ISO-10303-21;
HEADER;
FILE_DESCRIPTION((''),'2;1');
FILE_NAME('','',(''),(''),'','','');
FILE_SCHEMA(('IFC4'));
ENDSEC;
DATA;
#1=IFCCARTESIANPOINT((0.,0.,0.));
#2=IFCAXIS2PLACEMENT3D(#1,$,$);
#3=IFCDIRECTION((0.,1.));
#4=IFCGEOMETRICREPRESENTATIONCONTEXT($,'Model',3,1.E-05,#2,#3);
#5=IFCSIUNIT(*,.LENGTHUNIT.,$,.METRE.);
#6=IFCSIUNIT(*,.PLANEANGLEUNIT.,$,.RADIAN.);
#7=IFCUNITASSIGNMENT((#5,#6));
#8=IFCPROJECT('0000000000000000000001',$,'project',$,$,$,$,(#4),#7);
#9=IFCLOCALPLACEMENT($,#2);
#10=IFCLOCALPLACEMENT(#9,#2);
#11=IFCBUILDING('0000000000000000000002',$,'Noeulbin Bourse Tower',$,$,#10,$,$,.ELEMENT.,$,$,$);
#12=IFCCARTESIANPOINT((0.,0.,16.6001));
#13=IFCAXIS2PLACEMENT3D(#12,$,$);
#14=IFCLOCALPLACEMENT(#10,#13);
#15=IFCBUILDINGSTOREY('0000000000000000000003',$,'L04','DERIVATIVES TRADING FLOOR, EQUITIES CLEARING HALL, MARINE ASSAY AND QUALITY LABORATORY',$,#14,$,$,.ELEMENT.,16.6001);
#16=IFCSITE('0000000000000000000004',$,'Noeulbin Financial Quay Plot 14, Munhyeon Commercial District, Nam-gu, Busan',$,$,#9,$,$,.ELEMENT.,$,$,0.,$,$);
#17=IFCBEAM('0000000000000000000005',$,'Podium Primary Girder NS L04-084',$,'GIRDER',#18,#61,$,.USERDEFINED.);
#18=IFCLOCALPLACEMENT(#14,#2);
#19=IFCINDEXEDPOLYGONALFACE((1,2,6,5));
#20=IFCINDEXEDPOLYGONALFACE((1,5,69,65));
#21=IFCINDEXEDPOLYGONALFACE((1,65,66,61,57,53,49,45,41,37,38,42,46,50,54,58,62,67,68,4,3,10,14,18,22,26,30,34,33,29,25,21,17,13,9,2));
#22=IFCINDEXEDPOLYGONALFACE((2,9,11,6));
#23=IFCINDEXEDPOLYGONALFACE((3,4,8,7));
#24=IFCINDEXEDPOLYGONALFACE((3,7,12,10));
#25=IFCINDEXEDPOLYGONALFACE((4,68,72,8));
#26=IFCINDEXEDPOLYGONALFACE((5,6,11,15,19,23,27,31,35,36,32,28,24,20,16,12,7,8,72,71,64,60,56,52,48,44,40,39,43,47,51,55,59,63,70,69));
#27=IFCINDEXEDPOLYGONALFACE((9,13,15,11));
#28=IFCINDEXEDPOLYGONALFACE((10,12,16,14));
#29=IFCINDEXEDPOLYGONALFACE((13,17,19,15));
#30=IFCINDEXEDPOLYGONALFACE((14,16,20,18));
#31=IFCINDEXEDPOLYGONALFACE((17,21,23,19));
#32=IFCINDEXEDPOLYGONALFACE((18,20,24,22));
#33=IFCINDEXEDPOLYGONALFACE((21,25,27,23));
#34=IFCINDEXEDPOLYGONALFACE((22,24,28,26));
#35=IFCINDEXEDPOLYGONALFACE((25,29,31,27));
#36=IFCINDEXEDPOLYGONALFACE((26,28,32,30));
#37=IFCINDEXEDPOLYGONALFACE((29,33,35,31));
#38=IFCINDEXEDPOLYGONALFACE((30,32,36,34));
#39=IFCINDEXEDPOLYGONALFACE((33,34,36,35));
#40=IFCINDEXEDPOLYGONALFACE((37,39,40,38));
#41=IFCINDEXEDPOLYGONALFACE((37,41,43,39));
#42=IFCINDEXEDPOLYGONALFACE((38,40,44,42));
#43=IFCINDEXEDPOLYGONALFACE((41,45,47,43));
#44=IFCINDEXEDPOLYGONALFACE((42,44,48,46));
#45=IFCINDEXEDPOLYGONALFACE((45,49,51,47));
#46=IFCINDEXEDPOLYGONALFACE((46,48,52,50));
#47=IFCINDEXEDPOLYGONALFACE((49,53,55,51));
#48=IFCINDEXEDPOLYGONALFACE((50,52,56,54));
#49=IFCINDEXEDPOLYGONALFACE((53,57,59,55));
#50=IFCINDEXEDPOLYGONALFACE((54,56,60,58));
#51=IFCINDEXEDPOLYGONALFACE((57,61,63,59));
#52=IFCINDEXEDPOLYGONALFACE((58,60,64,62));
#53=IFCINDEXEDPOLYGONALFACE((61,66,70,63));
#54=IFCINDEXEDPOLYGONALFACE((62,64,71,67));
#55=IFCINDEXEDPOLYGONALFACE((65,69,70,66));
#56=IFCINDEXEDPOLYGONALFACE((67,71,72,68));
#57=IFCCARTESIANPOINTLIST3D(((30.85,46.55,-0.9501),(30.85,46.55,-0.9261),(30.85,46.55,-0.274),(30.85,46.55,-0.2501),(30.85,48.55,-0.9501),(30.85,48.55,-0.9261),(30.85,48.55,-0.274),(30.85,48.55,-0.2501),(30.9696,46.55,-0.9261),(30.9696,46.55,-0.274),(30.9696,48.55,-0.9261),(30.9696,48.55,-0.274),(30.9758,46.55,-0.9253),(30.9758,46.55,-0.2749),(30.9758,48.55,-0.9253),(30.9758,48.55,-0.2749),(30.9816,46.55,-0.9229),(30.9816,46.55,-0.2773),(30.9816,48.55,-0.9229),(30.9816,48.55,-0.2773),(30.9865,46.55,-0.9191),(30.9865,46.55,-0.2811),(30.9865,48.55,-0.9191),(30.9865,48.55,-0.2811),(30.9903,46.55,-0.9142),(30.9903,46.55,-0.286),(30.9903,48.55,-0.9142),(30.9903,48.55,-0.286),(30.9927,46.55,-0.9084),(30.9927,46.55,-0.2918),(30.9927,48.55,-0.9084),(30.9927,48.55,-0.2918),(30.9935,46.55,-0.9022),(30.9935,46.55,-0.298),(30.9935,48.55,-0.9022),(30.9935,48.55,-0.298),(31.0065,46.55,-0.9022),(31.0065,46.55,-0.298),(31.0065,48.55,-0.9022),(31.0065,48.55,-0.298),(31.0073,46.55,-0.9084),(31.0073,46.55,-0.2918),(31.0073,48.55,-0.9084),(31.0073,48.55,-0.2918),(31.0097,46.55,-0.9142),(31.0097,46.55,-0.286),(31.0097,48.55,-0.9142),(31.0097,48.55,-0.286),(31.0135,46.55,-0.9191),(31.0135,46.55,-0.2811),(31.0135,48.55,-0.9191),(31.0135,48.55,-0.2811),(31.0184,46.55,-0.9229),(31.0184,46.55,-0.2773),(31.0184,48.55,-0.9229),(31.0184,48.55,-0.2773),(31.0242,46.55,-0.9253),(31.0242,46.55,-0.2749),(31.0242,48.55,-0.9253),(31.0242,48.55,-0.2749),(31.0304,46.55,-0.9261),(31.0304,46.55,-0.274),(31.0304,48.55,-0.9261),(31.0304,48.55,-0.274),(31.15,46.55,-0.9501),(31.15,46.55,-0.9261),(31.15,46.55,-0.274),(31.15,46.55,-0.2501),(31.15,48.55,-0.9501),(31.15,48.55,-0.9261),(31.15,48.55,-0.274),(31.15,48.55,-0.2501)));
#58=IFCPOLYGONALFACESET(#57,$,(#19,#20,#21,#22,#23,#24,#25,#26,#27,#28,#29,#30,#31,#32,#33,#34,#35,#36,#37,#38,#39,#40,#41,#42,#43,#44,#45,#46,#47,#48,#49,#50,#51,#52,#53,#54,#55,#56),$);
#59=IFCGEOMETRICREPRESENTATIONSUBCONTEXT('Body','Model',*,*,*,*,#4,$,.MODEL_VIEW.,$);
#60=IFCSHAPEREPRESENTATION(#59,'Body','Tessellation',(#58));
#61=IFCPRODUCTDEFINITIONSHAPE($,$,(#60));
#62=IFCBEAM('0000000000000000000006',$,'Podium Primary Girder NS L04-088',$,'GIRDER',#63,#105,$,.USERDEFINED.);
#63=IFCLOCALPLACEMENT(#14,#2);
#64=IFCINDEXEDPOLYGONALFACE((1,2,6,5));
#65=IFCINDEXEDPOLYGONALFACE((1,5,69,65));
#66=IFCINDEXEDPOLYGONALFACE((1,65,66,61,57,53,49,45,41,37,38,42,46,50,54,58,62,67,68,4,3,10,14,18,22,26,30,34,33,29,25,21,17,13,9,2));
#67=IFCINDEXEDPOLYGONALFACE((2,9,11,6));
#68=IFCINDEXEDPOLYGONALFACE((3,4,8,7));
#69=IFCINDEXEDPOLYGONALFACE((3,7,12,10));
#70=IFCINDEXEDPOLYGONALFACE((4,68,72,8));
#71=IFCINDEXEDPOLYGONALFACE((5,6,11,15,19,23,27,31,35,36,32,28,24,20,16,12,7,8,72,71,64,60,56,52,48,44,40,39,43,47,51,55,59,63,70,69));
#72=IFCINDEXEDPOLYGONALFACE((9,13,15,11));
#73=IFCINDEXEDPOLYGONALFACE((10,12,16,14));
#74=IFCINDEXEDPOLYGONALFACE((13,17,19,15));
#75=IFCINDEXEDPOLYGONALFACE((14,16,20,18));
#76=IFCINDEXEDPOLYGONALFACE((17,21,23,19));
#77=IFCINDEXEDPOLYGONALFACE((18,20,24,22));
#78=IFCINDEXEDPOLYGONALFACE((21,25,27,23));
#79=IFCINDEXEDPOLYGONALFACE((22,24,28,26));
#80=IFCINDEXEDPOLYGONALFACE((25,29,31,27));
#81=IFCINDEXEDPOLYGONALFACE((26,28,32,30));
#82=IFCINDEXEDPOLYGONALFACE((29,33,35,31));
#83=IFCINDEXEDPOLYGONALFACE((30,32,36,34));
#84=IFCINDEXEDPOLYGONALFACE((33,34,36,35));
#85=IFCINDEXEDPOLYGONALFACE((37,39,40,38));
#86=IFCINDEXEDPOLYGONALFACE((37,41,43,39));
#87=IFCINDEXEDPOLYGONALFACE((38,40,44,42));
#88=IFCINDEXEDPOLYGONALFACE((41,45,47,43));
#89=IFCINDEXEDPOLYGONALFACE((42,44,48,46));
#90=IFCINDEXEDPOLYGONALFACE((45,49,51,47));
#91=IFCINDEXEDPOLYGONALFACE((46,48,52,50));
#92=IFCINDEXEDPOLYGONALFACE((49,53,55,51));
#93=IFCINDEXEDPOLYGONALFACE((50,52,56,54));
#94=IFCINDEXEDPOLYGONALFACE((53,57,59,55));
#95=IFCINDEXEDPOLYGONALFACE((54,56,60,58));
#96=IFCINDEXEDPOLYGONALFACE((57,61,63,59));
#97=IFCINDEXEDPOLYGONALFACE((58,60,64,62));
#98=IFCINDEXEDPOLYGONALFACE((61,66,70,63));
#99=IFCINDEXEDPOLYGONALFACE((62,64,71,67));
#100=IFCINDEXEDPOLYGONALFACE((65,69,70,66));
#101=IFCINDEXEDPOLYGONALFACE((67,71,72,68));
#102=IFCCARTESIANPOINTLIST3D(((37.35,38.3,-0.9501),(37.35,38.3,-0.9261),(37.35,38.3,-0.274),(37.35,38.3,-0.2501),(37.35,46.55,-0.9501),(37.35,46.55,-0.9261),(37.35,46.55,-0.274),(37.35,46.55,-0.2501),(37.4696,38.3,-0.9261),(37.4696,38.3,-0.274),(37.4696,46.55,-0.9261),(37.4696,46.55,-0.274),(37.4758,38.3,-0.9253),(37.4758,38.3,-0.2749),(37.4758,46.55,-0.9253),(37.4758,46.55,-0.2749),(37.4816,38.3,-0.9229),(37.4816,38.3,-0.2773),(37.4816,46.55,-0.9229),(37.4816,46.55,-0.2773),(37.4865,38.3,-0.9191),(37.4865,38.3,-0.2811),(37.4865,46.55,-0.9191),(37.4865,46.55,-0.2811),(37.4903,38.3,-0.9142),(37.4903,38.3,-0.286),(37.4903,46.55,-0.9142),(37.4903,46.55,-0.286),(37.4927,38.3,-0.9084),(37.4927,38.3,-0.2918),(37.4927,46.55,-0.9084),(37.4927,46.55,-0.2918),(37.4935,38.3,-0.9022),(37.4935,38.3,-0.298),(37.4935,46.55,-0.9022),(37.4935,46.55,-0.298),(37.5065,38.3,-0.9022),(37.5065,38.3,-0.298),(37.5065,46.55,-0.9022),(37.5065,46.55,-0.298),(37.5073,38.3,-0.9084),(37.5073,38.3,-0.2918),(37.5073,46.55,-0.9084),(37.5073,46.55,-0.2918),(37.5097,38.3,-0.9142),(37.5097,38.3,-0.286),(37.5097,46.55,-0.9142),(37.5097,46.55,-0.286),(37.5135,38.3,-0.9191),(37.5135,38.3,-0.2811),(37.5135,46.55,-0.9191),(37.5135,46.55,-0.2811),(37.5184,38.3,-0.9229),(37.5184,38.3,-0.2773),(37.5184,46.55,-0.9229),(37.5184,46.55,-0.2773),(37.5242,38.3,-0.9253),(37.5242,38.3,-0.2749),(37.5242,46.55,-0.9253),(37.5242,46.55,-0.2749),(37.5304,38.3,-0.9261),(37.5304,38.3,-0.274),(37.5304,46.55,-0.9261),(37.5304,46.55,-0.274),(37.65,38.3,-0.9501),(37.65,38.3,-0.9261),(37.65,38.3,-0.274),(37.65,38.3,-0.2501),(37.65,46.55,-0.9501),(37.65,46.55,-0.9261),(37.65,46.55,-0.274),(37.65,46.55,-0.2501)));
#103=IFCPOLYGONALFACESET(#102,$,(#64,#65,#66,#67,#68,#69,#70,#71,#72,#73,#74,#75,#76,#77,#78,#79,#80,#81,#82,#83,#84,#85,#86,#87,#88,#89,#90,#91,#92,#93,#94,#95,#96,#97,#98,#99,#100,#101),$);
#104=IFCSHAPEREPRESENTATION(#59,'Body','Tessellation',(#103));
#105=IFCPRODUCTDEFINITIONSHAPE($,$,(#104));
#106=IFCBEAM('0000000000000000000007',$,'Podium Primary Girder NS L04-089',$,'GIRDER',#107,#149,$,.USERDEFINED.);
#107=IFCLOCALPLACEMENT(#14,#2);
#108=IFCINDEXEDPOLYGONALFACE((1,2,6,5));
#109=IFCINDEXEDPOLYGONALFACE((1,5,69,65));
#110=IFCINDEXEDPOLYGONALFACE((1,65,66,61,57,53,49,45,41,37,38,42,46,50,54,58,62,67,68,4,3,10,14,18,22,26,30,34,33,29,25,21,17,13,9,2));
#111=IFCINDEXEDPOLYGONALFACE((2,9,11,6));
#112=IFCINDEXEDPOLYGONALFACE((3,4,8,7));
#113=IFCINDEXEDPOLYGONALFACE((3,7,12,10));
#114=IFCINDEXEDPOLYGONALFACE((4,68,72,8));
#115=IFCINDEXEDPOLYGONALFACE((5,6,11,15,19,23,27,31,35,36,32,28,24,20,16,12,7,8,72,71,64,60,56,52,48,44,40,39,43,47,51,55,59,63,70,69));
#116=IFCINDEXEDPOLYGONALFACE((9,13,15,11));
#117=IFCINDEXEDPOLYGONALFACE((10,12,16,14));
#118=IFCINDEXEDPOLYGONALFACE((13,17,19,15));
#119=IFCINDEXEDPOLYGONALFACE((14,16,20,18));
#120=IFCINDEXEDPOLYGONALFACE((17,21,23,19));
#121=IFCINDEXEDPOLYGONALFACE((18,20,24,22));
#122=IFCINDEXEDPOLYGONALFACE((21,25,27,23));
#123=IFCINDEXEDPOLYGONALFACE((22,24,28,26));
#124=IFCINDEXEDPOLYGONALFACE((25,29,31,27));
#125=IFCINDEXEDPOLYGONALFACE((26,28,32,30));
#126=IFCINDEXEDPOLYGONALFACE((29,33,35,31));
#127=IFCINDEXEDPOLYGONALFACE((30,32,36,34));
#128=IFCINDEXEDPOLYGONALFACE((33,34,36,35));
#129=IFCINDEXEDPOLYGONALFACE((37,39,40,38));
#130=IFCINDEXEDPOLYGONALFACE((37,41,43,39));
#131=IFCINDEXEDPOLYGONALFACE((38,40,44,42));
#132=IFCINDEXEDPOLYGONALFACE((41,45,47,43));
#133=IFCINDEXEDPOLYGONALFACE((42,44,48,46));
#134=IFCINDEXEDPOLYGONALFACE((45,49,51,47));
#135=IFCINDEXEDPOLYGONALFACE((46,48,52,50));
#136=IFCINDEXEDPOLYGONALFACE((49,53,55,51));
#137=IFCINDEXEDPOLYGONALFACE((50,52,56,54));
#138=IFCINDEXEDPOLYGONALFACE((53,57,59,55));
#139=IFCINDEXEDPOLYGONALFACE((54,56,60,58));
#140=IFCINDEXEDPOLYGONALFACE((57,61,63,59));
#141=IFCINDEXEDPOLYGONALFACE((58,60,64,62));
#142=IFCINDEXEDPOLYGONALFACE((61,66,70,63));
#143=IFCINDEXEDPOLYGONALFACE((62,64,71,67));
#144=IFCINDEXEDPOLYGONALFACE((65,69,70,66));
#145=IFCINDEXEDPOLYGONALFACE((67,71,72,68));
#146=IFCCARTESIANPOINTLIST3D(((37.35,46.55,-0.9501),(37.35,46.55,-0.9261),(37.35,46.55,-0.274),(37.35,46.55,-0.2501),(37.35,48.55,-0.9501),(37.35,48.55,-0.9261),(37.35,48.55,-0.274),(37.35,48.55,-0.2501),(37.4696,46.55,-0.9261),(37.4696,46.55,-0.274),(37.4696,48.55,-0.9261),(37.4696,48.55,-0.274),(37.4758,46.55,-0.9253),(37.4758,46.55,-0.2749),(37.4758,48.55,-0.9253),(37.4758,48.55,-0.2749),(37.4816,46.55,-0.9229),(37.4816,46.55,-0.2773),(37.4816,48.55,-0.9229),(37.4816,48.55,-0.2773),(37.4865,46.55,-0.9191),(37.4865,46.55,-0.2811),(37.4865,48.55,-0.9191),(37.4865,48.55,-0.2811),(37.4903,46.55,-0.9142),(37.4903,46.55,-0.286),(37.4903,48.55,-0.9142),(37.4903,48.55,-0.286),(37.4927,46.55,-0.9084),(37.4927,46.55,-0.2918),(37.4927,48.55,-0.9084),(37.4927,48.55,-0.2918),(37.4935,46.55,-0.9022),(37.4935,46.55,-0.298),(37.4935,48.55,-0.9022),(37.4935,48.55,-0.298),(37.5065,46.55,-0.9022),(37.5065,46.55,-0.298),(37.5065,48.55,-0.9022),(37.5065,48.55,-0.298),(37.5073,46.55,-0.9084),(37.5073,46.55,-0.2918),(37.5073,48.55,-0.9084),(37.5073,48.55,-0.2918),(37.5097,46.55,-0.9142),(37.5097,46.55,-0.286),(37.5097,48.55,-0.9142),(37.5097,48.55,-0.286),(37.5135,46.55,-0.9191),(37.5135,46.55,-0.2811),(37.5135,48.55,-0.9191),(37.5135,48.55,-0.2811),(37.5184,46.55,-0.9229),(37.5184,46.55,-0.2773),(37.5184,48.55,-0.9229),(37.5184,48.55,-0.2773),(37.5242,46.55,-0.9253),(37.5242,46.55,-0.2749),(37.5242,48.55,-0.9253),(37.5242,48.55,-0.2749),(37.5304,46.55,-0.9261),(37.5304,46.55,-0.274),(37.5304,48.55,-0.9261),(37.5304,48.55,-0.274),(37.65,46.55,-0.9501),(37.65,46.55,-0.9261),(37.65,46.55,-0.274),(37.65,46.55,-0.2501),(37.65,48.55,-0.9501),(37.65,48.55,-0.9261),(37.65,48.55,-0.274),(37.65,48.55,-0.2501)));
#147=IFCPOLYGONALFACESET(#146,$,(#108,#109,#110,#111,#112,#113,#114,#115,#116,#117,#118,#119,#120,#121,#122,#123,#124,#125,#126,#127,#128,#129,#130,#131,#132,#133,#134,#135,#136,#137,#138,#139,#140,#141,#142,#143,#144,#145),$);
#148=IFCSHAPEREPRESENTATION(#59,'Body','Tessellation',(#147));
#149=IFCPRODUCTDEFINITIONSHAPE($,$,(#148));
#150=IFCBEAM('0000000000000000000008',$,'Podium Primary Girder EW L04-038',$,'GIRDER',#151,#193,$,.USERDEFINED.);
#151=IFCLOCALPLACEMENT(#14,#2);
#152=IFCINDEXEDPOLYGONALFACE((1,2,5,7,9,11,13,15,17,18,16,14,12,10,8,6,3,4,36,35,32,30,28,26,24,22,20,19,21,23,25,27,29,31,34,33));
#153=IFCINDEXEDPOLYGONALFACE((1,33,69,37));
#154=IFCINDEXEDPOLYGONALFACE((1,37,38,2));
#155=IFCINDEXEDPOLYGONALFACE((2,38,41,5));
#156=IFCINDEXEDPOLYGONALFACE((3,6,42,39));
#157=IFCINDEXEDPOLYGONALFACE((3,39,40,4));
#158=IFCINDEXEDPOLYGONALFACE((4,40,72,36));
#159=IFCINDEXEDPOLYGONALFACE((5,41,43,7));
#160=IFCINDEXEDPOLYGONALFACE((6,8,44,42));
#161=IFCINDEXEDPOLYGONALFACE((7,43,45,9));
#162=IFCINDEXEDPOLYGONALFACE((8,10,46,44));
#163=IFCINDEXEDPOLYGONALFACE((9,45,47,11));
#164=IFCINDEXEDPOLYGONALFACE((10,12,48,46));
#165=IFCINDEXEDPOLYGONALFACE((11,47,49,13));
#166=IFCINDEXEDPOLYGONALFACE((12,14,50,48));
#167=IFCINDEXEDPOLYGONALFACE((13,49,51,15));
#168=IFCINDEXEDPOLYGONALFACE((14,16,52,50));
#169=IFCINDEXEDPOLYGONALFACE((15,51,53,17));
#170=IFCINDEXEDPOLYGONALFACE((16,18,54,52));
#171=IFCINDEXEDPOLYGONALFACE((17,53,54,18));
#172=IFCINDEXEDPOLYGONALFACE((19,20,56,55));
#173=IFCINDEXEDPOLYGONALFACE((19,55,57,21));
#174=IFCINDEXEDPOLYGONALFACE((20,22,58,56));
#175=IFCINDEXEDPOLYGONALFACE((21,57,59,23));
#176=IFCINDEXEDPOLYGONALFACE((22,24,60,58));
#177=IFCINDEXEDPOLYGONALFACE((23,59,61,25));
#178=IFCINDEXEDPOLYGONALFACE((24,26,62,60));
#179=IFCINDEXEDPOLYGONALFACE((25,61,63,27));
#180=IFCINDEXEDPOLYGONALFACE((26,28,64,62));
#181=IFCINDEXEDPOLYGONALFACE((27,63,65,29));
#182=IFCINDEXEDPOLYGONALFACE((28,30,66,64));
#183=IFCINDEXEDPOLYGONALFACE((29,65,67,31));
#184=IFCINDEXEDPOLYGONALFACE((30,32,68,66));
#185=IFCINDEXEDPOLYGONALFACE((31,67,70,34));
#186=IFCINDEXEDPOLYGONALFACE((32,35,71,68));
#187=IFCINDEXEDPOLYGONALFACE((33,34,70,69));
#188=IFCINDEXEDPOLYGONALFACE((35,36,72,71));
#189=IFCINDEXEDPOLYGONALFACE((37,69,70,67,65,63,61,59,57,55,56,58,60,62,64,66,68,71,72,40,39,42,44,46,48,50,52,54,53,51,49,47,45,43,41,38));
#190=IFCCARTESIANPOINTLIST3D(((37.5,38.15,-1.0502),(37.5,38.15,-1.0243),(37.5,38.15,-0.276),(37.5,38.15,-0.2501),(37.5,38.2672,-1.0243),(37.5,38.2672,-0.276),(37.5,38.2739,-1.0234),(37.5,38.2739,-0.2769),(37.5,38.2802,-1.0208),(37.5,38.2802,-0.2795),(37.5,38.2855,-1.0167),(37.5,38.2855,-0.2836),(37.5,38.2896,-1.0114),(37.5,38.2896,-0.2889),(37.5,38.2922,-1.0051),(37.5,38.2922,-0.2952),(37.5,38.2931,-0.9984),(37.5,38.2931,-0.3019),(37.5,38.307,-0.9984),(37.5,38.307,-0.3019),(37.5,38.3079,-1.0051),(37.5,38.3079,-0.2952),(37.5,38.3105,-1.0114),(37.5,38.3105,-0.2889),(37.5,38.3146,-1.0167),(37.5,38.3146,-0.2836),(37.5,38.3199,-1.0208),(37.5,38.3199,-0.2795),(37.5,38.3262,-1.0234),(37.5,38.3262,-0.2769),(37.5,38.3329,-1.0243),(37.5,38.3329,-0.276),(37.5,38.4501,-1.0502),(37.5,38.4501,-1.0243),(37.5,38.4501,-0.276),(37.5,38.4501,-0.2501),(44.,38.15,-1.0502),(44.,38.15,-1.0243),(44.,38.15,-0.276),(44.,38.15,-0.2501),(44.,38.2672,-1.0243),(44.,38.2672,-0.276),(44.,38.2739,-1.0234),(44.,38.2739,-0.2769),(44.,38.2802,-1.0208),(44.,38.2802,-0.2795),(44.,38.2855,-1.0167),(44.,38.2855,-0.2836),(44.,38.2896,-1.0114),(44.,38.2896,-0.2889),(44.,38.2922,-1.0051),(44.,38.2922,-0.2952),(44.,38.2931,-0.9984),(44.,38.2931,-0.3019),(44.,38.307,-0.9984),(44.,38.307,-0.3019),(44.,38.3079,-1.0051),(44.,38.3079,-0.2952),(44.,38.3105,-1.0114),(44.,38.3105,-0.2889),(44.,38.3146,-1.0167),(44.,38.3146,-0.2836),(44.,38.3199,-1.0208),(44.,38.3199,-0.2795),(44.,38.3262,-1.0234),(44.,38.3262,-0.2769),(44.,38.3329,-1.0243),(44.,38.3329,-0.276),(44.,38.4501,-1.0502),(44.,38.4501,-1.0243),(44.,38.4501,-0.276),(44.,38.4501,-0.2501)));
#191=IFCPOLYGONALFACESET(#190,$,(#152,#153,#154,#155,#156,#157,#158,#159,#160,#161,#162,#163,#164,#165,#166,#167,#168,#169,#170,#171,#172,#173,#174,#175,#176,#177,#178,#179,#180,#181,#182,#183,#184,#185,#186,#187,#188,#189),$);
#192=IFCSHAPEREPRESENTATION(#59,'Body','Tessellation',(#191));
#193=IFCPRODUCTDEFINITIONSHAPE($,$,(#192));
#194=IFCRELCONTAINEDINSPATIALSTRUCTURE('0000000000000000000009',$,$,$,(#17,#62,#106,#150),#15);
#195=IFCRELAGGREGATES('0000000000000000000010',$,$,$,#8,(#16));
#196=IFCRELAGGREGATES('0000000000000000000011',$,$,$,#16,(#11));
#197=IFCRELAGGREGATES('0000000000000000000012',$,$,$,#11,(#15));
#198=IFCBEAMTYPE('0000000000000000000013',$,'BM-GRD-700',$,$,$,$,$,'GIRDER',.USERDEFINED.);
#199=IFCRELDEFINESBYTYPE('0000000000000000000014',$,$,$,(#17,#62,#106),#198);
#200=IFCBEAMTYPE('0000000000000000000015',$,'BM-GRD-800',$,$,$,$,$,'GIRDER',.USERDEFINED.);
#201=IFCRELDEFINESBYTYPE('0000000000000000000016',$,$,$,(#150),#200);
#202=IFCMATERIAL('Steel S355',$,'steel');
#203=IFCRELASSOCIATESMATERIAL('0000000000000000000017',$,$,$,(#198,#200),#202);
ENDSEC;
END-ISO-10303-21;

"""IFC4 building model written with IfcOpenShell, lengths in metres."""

from ifc_helpers import new_model, si_unit, direction, frame, origin, origin_2d, place, context, subcontext, project, spatial, i_section, extrude, material, material_profile, profile_set, type_object, element, save


model = new_model("IFC4")

# Units and contexts
model_context = context("Model", 3, precision=1e-05, world=origin(), true_north=direction((0.0, 1.0)))
body_context = subcontext(model_context, "Body", "Model", "MODEL_VIEW")
ifc_project = project(units=[si_unit("LENGTHUNIT", "METRE"), si_unit("PLANEANGLEUNIT", "RADIAN")], contexts=[model_context])

# Site, building, storey
site_placement = place(None, origin())
site = spatial("IfcSite", under=ifc_project, at=site_placement, Name="Noeulbin Financial Quay Plot 14, Munhyeon Commercial District, Nam-gu, Busan", CompositionType="ELEMENT", RefElevation=0.0)
building_placement = place(site_placement, origin())
building = spatial("IfcBuilding", under=site, at=building_placement, Name="Noeulbin Bourse Tower", CompositionType="ELEMENT")
storey_placement = place(building_placement, frame((0.0, 0.0, 16.6001)))
storey = spatial("IfcBuildingStorey", under=building, at=storey_placement, Name="L04", Description="DERIVATIVES TRADING FLOOR, EQUITIES CLEARING HALL, MARINE ASSAY AND QUALITY LABORATORY", CompositionType="ELEMENT", Elevation=16.6001)

# Beams
ifc_material_1 = material(Name="Steel S355", Category="steel")
ifc_material_profile_1 = material_profile(ifc_material_1, i_section(OverallWidth=0.3, OverallDepth=0.7, WebThickness=0.0129, FlangeThickness=0.0239, FilletRadius=0.0239, at=origin_2d()), Name="H-700x300x13x24", Category="LoadBearing")
ifc_profile_set_1 = profile_set([ifc_material_profile_1], Name="Steel S355")
beam_type_1 = type_object("IfcBeamType", Name="BM-GRD-700", ElementType="GIRDER", PredefinedType="USERDEFINED", material=ifc_profile_set_1)
beam_1_placement = place(storey_placement, frame((31.0, 46.55, -0.6001), z_axis=(0.0, 1.0, 0.0), x_axis=(-1.0, 0.0, 0.0)))
element("IfcBeam", 1, at=beam_1_placement, inside=storey, type_object=beam_type_1, Name="Podium Primary Girder NS L04-084", ObjectType="GIRDER", PredefinedType="USERDEFINED", context=body_context, shape_type="SweptSolid", body=[
    extrude(i_section(OverallWidth=0.3, OverallDepth=0.7, WebThickness=0.0129, FlangeThickness=0.0239, FilletRadius=0.0239, at=origin_2d()), origin(), (0.0, 0.0, 1.0), 2.0),
])
beam_2_placement = place(storey_placement, frame((37.5, 38.3, -0.6001), z_axis=(0.0, 1.0, 0.0), x_axis=(-1.0, 0.0, 0.0)))
element("IfcBeam", 2, at=beam_2_placement, inside=storey, type_object=beam_type_1, Name="Podium Primary Girder NS L04-088", ObjectType="GIRDER", PredefinedType="USERDEFINED", context=body_context, shape_type="SweptSolid", body=[
    extrude(i_section(OverallWidth=0.3, OverallDepth=0.7, WebThickness=0.0129, FlangeThickness=0.0239, FilletRadius=0.0239, at=origin_2d()), origin(), (0.0, 0.0, 1.0), 8.25),
])
beam_3_placement = place(storey_placement, frame((37.5, 46.55, -0.6001), z_axis=(0.0, 1.0, 0.0), x_axis=(-1.0, 0.0, 0.0)))
element("IfcBeam", 3, at=beam_3_placement, inside=storey, type_object=beam_type_1, Name="Podium Primary Girder NS L04-089", ObjectType="GIRDER", PredefinedType="USERDEFINED", context=body_context, shape_type="SweptSolid", body=[
    extrude(i_section(OverallWidth=0.3, OverallDepth=0.7, WebThickness=0.0129, FlangeThickness=0.0239, FilletRadius=0.0239, at=origin_2d()), origin(), (0.0, 0.0, 1.0), 2.0),
])
ifc_material_profile_2 = material_profile(ifc_material_1, i_section(OverallWidth=0.3, OverallDepth=0.8, WebThickness=0.0139, FlangeThickness=0.0259, FilletRadius=0.0259, at=origin_2d()), Name="H-800x300x14x26", Category="LoadBearing")
ifc_profile_set_2 = profile_set([ifc_material_profile_2], Name="Steel S355")
beam_type_2 = type_object("IfcBeamType", Name="BM-GRD-800", ElementType="GIRDER", PredefinedType="USERDEFINED", material=ifc_profile_set_2)
for number, where, z_axis, x_axis, name in (
    (4, (37.5, 38.3, -0.6501), (1.0, 0.0, 0.0), (0.0, 1.0, 0.0), "Podium Primary Girder EW L04-038"),
):
    element("IfcBeam", number, at=place(storey_placement, frame(where, z_axis=z_axis, x_axis=x_axis)), inside=storey, type_object=beam_type_2, Name=name, ObjectType="GIRDER", PredefinedType="USERDEFINED", context=body_context, shape_type="SweptSolid", body=[
        extrude(i_section(OverallWidth=0.3, OverallDepth=0.8, WebThickness=0.0139, FlangeThickness=0.0259, FilletRadius=0.0259, at=origin_2d()), origin(), (0.0, 0.0, 1.0), 6.5),
    ])

save(model, "model.ifc")
